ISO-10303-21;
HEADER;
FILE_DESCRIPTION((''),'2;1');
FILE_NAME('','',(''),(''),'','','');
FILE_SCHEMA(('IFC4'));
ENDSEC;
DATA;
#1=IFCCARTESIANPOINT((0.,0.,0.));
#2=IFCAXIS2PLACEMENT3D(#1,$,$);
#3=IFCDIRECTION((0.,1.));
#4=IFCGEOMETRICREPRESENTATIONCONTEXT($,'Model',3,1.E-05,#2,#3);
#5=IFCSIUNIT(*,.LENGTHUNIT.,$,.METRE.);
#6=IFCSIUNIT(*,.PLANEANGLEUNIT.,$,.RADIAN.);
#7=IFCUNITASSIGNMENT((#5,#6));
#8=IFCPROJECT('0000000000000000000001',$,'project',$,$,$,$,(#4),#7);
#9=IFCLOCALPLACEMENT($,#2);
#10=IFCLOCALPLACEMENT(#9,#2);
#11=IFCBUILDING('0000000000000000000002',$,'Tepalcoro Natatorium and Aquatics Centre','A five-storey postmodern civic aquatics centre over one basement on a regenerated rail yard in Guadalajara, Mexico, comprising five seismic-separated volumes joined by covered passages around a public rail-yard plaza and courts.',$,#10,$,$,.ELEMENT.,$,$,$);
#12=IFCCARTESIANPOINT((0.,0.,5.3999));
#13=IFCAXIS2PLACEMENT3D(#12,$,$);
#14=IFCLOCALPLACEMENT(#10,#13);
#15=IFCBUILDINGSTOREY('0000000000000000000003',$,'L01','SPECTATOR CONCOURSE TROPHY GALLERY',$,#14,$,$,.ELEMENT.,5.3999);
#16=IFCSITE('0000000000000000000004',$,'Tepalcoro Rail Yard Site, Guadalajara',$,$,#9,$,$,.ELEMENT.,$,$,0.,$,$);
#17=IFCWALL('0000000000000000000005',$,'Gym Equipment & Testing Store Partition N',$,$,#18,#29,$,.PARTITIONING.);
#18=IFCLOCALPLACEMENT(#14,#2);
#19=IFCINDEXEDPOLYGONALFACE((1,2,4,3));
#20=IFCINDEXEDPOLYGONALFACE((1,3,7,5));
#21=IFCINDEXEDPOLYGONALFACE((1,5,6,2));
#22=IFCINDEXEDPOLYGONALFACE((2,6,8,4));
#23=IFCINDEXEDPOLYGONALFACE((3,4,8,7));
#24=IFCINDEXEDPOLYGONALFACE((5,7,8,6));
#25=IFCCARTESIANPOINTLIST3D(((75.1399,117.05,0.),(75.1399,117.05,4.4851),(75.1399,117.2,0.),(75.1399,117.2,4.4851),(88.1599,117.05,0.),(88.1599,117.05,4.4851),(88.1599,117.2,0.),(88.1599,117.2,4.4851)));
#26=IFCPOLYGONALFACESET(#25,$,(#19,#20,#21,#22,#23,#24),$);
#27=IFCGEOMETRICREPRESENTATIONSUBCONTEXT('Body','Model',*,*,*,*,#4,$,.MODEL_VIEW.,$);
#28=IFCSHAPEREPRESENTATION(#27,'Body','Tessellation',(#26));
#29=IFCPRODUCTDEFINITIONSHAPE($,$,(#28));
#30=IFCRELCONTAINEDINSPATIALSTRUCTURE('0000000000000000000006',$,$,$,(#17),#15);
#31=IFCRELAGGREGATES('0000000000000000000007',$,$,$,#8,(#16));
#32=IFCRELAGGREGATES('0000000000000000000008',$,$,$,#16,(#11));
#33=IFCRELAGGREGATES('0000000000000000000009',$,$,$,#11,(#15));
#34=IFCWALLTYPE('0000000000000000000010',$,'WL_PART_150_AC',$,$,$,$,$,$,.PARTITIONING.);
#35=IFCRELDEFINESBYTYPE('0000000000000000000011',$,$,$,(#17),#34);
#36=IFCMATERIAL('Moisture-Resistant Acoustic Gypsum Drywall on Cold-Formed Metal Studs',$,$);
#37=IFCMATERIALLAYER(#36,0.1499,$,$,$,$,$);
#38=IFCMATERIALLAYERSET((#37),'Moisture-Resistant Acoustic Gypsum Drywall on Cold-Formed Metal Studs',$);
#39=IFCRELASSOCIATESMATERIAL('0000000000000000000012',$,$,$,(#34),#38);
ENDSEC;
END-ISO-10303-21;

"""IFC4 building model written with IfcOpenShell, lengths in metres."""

from ifc_helpers import new_model, si_unit, direction, frame, frame_2d, origin, place, context, subcontext, project, spatial, rectangle, extrude, material, layer, layer_set, type_object, element, save


model = new_model("IFC4")

# Units and contexts
model_context = context("Model", 3, precision=1e-05, world=origin(), true_north=direction((0.0, 1.0)))
body_context = subcontext(model_context, "Body", "Model", "MODEL_VIEW")
ifc_project = project(units=[si_unit("LENGTHUNIT", "METRE"), si_unit("PLANEANGLEUNIT", "RADIAN")], contexts=[model_context])

# Site, building, storey
site_placement = place(None, origin())
site = spatial("IfcSite", under=ifc_project, at=site_placement, Name="Tepalcoro Rail Yard Site, Guadalajara", CompositionType="ELEMENT", RefElevation=0.0)
building_placement = place(site_placement, origin())
building = spatial("IfcBuilding", under=site, at=building_placement, Name="Tepalcoro Natatorium and Aquatics Centre", Description="A five-storey postmodern civic aquatics centre over one basement on a regenerated rail yard in Guadalajara, Mexico, comprising five seismic-separated volumes joined by covered passages around a public rail-yard plaza and courts.", CompositionType="ELEMENT")
storey_placement = place(building_placement, frame((0.0, 0.0, 5.3999)))
storey = spatial("IfcBuildingStorey", under=building, at=storey_placement, Name="L01", Description="SPECTATOR CONCOURSE TROPHY GALLERY", CompositionType="ELEMENT", Elevation=5.3999)

# Wall
ifc_material_1 = material(Name="Moisture-Resistant Acoustic Gypsum Drywall on Cold-Formed Metal Studs")
ifc_layer_1 = layer(ifc_material_1, 0.1499)
ifc_layer_set_1 = layer_set([ifc_layer_1], Name="Moisture-Resistant Acoustic Gypsum Drywall on Cold-Formed Metal Studs")
wall_type = type_object("IfcWallType", Name="WL_PART_150_AC", PredefinedType="PARTITIONING", material=ifc_layer_set_1)
wall_placement = place(storey_placement, frame((75.1399, 117.125, 0.0), z_axis=(0.0, 0.0, 1.0), x_axis=(1.0, 0.0, 0.0)))
element("IfcWall", 1, at=wall_placement, inside=storey, type_object=wall_type, Name="Gym Equipment & Testing Store Partition N", PredefinedType="PARTITIONING", context=body_context, shape_type="SweptSolid", body=[
    extrude(rectangle(XDim=13.02, YDim=0.1499, at=frame_2d((6.51, 0.0))), origin(), (0.0, 0.0, 1.0), 4.4851),
])

save(model, "model.ifc")
